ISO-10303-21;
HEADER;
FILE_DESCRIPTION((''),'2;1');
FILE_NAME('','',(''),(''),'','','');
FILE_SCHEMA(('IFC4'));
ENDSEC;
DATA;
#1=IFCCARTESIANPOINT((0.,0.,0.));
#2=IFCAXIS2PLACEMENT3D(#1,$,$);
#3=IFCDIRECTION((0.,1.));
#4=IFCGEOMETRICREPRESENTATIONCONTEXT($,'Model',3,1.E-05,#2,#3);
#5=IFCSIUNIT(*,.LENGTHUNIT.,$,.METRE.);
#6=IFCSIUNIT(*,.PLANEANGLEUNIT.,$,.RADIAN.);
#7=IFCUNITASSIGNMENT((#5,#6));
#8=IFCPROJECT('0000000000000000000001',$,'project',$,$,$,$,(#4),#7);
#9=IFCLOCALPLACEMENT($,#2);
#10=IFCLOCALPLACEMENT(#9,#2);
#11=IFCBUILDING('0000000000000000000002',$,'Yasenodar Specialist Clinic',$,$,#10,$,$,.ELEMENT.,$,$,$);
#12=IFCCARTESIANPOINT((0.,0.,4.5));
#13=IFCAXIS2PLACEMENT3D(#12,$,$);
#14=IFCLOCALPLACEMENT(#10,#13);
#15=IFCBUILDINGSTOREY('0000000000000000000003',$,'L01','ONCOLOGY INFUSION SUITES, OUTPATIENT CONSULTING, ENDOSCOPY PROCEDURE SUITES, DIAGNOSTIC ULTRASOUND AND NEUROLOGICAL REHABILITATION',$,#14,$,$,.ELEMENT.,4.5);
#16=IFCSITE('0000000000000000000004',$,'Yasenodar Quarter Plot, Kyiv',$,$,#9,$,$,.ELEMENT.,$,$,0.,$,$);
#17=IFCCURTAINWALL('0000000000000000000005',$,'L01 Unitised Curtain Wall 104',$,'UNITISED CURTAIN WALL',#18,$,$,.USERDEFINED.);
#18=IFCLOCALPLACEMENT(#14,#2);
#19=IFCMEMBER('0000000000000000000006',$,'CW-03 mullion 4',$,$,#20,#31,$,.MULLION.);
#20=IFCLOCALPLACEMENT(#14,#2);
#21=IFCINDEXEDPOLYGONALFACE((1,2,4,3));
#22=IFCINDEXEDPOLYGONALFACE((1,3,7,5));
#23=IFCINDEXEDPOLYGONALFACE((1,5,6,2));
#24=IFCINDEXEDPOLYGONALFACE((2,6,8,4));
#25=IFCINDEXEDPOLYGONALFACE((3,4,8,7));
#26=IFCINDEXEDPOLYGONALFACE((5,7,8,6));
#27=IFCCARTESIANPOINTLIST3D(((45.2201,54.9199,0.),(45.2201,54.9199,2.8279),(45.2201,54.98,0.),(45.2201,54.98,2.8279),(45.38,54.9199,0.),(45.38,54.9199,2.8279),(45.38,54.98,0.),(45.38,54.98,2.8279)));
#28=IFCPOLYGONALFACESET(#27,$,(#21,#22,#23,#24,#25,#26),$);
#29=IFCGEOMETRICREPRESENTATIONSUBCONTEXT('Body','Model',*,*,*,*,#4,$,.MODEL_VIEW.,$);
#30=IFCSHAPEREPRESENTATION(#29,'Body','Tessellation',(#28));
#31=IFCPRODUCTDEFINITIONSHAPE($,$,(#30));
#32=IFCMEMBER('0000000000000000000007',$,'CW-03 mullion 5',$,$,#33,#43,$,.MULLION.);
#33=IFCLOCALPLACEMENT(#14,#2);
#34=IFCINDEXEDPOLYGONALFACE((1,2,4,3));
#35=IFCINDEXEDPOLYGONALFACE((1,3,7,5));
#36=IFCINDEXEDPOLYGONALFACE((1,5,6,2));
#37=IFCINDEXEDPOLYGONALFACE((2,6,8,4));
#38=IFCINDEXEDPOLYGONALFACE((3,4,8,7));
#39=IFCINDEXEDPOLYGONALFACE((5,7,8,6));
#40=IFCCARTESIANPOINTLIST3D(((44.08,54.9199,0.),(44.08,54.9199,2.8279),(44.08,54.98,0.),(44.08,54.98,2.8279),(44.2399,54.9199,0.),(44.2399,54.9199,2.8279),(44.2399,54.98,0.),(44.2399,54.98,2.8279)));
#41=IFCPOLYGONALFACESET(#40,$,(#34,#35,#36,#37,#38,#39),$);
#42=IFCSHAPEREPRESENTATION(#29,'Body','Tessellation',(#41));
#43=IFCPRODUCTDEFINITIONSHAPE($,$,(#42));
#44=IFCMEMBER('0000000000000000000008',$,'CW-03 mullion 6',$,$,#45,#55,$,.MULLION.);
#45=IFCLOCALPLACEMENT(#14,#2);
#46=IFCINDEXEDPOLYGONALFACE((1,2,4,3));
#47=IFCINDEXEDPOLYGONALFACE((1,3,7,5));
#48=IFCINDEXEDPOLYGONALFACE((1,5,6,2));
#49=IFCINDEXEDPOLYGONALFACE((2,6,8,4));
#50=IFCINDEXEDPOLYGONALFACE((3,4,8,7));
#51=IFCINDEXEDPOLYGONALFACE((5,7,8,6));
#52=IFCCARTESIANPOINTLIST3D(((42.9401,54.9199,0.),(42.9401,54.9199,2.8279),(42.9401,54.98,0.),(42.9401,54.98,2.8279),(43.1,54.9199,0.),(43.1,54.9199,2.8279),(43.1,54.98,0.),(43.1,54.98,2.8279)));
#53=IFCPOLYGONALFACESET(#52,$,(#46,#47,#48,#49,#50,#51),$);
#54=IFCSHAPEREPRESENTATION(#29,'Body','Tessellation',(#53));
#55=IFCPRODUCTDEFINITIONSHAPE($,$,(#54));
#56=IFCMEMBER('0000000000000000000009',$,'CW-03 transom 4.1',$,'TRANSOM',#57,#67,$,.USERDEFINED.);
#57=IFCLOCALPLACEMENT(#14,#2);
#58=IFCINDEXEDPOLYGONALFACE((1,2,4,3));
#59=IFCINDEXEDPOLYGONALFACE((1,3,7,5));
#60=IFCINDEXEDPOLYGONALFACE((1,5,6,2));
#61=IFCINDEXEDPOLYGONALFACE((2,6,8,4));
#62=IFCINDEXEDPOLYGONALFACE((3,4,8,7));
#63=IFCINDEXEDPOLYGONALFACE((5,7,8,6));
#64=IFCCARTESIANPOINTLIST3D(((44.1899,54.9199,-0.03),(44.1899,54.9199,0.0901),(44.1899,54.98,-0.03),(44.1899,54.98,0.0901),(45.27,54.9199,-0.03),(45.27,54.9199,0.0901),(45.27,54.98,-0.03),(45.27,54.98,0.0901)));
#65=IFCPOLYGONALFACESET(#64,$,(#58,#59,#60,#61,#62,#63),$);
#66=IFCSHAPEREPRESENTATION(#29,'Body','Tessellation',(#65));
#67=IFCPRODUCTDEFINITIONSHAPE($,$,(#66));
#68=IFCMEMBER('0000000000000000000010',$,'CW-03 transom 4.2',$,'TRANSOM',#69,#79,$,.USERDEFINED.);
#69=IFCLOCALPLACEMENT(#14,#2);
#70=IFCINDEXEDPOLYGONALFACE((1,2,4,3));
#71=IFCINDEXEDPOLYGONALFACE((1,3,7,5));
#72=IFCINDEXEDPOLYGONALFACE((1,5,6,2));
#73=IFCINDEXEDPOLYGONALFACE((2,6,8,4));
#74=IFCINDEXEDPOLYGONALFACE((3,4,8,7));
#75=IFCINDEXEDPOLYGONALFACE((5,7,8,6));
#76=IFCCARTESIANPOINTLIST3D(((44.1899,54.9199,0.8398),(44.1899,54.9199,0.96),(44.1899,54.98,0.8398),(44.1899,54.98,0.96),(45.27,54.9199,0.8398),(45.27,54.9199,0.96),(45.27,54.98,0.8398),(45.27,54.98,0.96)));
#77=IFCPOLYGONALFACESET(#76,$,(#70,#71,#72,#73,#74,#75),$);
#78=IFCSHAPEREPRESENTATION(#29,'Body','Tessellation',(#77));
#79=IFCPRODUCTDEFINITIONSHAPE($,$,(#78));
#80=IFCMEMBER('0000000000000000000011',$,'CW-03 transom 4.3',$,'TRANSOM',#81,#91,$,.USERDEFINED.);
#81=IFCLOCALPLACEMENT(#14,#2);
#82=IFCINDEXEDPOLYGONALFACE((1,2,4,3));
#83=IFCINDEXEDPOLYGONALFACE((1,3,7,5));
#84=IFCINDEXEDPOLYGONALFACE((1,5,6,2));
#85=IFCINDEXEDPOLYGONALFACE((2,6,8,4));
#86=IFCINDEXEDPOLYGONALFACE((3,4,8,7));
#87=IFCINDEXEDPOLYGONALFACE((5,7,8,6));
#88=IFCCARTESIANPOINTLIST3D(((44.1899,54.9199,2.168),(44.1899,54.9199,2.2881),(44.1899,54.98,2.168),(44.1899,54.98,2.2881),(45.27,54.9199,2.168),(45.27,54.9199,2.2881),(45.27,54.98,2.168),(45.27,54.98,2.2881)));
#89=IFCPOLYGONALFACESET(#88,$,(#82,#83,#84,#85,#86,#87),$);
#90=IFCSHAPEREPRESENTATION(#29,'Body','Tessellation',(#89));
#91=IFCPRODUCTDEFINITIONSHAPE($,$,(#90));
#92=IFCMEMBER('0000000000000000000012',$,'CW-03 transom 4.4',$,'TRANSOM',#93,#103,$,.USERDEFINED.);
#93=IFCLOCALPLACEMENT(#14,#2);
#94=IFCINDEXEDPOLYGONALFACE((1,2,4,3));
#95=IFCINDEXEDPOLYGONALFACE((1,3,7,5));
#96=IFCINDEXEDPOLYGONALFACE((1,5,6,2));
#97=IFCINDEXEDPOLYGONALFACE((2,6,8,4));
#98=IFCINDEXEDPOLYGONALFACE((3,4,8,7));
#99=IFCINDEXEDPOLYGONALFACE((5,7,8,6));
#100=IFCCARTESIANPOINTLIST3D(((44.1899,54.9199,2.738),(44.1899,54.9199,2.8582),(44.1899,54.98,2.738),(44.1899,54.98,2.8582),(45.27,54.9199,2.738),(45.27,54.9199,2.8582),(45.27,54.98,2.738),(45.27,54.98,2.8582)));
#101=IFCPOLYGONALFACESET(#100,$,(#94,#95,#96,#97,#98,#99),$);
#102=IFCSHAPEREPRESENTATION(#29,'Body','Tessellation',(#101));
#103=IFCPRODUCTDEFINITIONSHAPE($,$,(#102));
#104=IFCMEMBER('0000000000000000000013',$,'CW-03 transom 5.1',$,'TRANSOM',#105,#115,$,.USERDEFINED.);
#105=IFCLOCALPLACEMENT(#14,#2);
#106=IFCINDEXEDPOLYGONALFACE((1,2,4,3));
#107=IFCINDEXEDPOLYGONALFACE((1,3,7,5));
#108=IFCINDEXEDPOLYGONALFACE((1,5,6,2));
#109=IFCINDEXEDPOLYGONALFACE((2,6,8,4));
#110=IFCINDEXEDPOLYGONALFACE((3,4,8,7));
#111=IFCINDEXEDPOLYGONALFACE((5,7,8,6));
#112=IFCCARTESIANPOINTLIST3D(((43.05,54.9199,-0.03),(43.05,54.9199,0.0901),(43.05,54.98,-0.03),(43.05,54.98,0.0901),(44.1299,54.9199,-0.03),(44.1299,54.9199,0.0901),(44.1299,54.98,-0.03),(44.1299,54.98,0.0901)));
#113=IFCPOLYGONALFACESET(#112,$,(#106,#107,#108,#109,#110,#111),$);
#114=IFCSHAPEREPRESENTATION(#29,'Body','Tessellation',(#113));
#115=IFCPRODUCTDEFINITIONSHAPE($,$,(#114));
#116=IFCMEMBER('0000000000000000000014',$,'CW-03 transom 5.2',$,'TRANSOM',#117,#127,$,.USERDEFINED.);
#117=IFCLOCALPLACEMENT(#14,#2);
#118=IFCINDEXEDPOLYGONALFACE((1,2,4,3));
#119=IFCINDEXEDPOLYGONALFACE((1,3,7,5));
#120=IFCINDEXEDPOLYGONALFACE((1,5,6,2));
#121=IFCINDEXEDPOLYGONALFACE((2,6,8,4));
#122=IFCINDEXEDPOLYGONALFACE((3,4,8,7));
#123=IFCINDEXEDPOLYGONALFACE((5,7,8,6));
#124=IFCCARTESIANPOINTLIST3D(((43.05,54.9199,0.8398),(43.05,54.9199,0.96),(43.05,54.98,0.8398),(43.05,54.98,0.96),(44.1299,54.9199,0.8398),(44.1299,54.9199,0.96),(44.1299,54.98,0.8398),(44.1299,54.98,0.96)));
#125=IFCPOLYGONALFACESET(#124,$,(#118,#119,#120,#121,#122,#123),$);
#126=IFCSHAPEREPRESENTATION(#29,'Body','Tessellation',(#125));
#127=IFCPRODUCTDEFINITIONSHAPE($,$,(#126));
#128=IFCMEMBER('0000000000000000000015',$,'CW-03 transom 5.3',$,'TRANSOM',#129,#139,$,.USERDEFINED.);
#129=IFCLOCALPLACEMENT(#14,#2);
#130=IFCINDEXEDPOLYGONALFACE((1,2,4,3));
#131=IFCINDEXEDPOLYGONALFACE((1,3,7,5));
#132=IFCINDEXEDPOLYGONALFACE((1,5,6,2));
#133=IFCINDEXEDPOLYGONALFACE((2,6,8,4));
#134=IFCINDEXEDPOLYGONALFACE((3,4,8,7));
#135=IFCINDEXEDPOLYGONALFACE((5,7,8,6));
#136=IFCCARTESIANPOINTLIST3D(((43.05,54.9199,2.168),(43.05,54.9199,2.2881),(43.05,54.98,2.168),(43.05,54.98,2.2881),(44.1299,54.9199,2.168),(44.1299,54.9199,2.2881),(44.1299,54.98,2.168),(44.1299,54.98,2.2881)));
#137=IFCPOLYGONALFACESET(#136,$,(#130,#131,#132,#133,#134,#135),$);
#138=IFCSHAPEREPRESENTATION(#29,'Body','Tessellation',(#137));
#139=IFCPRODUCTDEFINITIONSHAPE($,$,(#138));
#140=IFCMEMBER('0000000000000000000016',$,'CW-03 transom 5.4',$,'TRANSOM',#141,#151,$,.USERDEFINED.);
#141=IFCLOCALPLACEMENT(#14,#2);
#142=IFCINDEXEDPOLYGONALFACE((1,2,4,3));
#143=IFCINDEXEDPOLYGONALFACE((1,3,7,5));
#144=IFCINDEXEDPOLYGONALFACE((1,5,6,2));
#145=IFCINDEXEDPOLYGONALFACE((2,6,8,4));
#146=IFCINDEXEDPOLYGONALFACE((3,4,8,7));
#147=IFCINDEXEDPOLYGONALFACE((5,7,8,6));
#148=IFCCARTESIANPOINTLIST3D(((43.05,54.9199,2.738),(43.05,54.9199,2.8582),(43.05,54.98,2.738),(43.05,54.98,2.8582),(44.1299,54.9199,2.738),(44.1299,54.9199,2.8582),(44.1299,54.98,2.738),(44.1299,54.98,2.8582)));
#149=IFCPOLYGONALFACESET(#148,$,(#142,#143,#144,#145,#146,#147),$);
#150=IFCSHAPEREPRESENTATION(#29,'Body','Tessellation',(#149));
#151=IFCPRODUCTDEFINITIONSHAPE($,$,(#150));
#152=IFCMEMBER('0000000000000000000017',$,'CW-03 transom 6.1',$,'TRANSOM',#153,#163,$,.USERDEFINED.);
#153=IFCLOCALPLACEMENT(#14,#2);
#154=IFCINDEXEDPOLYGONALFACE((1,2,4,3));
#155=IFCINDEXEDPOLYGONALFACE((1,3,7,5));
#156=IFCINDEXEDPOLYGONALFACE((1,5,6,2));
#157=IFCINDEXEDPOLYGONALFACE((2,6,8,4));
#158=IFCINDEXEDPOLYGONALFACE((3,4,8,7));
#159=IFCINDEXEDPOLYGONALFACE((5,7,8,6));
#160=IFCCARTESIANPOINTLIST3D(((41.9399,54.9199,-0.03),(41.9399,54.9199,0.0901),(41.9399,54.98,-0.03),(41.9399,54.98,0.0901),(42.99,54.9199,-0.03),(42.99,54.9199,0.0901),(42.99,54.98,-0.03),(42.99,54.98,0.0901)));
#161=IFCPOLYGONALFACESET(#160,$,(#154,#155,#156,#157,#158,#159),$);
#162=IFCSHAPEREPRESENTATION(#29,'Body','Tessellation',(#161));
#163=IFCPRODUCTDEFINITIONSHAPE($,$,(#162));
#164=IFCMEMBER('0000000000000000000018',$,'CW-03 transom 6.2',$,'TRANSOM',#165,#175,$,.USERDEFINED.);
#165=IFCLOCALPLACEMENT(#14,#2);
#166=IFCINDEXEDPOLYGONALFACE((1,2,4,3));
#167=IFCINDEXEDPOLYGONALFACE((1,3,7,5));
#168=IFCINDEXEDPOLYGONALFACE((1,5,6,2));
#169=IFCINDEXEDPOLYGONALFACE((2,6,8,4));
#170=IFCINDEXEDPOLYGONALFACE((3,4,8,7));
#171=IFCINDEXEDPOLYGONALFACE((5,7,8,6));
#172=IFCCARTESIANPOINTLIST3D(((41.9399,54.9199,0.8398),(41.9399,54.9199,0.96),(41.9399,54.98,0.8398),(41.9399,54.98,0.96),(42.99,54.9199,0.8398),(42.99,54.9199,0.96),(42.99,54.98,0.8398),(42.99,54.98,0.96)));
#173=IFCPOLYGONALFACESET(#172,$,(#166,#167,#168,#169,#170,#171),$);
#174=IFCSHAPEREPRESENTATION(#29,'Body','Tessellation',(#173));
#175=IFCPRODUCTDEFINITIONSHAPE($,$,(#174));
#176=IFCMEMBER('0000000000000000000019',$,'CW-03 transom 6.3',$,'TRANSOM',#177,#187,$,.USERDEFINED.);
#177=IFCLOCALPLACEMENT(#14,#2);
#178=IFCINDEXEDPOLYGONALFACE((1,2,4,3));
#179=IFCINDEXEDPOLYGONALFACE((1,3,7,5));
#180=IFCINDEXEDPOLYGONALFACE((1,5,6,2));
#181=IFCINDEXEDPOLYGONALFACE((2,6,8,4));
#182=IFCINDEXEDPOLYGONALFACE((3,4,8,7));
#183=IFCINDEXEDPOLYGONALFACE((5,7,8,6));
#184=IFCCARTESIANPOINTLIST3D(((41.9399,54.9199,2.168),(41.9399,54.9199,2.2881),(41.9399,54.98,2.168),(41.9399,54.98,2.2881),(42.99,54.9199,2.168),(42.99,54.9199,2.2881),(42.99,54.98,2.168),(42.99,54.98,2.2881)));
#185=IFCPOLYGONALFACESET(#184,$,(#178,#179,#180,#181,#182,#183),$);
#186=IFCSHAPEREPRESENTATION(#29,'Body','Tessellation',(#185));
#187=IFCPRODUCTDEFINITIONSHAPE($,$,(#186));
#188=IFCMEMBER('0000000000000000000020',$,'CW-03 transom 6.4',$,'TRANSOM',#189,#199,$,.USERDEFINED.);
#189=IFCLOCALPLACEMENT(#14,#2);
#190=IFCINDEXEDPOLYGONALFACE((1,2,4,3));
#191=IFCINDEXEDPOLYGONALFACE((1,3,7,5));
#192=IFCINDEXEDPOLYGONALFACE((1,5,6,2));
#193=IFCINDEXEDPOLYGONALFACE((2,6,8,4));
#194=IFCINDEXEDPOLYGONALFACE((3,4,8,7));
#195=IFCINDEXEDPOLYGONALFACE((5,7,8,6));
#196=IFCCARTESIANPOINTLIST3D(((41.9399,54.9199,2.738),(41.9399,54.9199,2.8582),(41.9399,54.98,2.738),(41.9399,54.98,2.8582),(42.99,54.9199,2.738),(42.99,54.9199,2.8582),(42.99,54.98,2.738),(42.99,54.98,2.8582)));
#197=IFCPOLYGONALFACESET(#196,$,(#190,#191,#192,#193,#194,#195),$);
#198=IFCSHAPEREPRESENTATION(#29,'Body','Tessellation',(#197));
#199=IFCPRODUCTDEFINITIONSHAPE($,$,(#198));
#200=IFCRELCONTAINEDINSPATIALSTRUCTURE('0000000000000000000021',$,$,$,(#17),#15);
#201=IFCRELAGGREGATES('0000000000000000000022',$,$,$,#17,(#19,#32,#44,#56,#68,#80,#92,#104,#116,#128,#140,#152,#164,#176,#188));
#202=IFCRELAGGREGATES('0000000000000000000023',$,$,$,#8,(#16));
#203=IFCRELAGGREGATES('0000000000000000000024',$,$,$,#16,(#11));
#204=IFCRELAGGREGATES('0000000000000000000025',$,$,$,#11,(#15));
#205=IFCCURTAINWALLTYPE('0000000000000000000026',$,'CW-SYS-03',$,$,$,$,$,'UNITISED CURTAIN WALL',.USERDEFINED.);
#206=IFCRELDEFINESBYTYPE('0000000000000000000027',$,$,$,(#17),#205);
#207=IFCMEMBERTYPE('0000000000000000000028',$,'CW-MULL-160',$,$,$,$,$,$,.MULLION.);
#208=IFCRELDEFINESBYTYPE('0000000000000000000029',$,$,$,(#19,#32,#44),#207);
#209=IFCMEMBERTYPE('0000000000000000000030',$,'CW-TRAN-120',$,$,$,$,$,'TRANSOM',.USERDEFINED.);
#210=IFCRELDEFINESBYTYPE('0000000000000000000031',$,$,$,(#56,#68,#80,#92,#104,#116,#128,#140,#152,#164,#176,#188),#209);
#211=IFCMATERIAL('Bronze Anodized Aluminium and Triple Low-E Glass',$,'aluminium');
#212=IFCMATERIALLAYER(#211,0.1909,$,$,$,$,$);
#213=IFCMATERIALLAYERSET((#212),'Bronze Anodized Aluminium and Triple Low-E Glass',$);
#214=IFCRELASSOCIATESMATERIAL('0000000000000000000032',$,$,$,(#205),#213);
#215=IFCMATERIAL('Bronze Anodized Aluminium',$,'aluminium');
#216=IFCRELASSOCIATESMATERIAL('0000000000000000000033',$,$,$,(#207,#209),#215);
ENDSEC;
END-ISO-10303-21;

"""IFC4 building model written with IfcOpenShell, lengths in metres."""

from ifc_helpers import new_model, si_unit, direction, frame, origin, origin_2d, place, context, subcontext, project, spatial, rectangle, extrude, material, layer, layer_set, material_profile, profile_set, type_object, element, aggregate, save


model = new_model("IFC4")

# Units and contexts
model_context = context("Model", 3, precision=1e-05, world=origin(), true_north=direction((0.0, 1.0)))
body_context = subcontext(model_context, "Body", "Model", "MODEL_VIEW")
ifc_project = project(units=[si_unit("LENGTHUNIT", "METRE"), si_unit("PLANEANGLEUNIT", "RADIAN")], contexts=[model_context])

# Site, building, storey
site_placement = place(None, origin())
site = spatial("IfcSite", under=ifc_project, at=site_placement, Name="Yasenodar Quarter Plot, Kyiv", CompositionType="ELEMENT", RefElevation=0.0)
building_placement = place(site_placement, origin())
building = spatial("IfcBuilding", under=site, at=building_placement, Name="Yasenodar Specialist Clinic", CompositionType="ELEMENT")
storey_placement = place(building_placement, frame((0.0, 0.0, 4.5)))
storey = spatial("IfcBuildingStorey", under=building, at=storey_placement, Name="L01", Description="ONCOLOGY INFUSION SUITES, OUTPATIENT CONSULTING, ENDOSCOPY PROCEDURE SUITES, DIAGNOSTIC ULTRASOUND AND NEUROLOGICAL REHABILITATION", CompositionType="ELEMENT", Elevation=4.5)

# Curtain wall, members
ifc_material_1 = material(Name="Bronze Anodized Aluminium and Triple Low-E Glass", Category="aluminium")
ifc_layer_1 = layer(ifc_material_1, 0.1909)
ifc_layer_set_1 = layer_set([ifc_layer_1], Name="Bronze Anodized Aluminium and Triple Low-E Glass")
curtain_wall_type = type_object("IfcCurtainWallType", Name="CW-SYS-03", ElementType="UNITISED CURTAIN WALL", PredefinedType="USERDEFINED", material=ifc_layer_set_1)
curtain_wall_placement = place(storey_placement, origin())
curtain_wall = element("IfcCurtainWall", 1, at=curtain_wall_placement, inside=storey, type_object=curtain_wall_type, Name="L01 Unitised Curtain Wall 104", ObjectType="UNITISED CURTAIN WALL", PredefinedType="USERDEFINED")
ifc_material_2 = material(Name="Bronze Anodized Aluminium", Category="aluminium")
ifc_material_profile_1 = material_profile(ifc_material_2, rectangle(XDim=0.0601, YDim=0.1599, at=origin_2d()), Name="CW-MULL 60x160")
ifc_profile_set_1 = profile_set([ifc_material_profile_1], Name="Bronze Anodized Aluminium")
member_type_1 = type_object("IfcMemberType", Name="CW-MULL-160", PredefinedType="MULLION", material=ifc_profile_set_1)
member_1_placement = place(storey_placement, frame((45.3, 54.95, 0.0), z_axis=(0.0, 0.0, 1.0), x_axis=(0.0, -1.0, 0.0)))
member_1 = element("IfcMember", 2, at=member_1_placement, type_object=member_type_1, Name="CW-03 mullion 4", PredefinedType="MULLION", context=body_context, shape_type="SweptSolid", body=[
    extrude(rectangle(XDim=0.0601, YDim=0.1599, at=origin_2d()), origin(), (0.0, 0.0, 1.0), 2.8279),
])
member_2_placement = place(storey_placement, frame((44.1599, 54.95, 0.0), z_axis=(0.0, 0.0, 1.0), x_axis=(0.0, -1.0, 0.0)))
member_2 = element("IfcMember", 3, at=member_2_placement, type_object=member_type_1, Name="CW-03 mullion 5", PredefinedType="MULLION", context=body_context, shape_type="SweptSolid", body=[
    extrude(rectangle(XDim=0.0601, YDim=0.1599, at=origin_2d()), origin(), (0.0, 0.0, 1.0), 2.8279),
])
member_3_placement = place(storey_placement, frame((43.02, 54.95, 0.0), z_axis=(0.0, 0.0, 1.0), x_axis=(0.0, -1.0, 0.0)))
member_3 = element("IfcMember", 4, at=member_3_placement, type_object=member_type_1, Name="CW-03 mullion 6", PredefinedType="MULLION", context=body_context, shape_type="SweptSolid", body=[
    extrude(rectangle(XDim=0.0601, YDim=0.1599, at=origin_2d()), origin(), (0.0, 0.0, 1.0), 2.8279),
])
ifc_material_profile_2 = material_profile(ifc_material_2, rectangle(XDim=0.0601, YDim=0.1201, at=origin_2d()), Name="CW-TRAN 60x120")
ifc_profile_set_2 = profile_set([ifc_material_profile_2], Name="Bronze Anodized Aluminium")
member_type_2 = type_object("IfcMemberType", Name="CW-TRAN-120", ElementType="TRANSOM", PredefinedType="USERDEFINED", material=ifc_profile_set_2)
member_4_placement = place(storey_placement, frame((45.27, 54.95, 0.03), z_axis=(-1.0, 0.0, 0.0), x_axis=(0.0, -1.0, 0.0)))
member_4 = element("IfcMember", 5, at=member_4_placement, type_object=member_type_2, Name="CW-03 transom 4.1", ObjectType="TRANSOM", PredefinedType="USERDEFINED", context=body_context, shape_type="SweptSolid", body=[
    extrude(rectangle(XDim=0.0601, YDim=0.1201, at=origin_2d()), origin(), (0.0, 0.0, 1.0), 1.0801),
])
member_5_placement = place(storey_placement, frame((45.27, 54.95, 0.8999), z_axis=(-1.0, 0.0, 0.0), x_axis=(0.0, -1.0, 0.0)))
member_5 = element("IfcMember", 6, at=member_5_placement, type_object=member_type_2, Name="CW-03 transom 4.2", ObjectType="TRANSOM", PredefinedType="USERDEFINED", context=body_context, shape_type="SweptSolid", body=[
    extrude(rectangle(XDim=0.0601, YDim=0.1201, at=origin_2d()), origin(), (0.0, 0.0, 1.0), 1.0801),
])
member_6_placement = place(storey_placement, frame((45.27, 54.95, 2.228), z_axis=(-1.0, 0.0, 0.0), x_axis=(0.0, -1.0, 0.0)))
member_6 = element("IfcMember", 7, at=member_6_placement, type_object=member_type_2, Name="CW-03 transom 4.3", ObjectType="TRANSOM", PredefinedType="USERDEFINED", context=body_context, shape_type="SweptSolid", body=[
    extrude(rectangle(XDim=0.0601, YDim=0.1201, at=origin_2d()), origin(), (0.0, 0.0, 1.0), 1.0801),
])
member_7_placement = place(storey_placement, frame((45.27, 54.95, 2.7981), z_axis=(-1.0, 0.0, 0.0), x_axis=(0.0, -1.0, 0.0)))
member_7 = element("IfcMember", 8, at=member_7_placement, type_object=member_type_2, Name="CW-03 transom 4.4", ObjectType="TRANSOM", PredefinedType="USERDEFINED", context=body_context, shape_type="SweptSolid", body=[
    extrude(rectangle(XDim=0.0601, YDim=0.1201, at=origin_2d()), origin(), (0.0, 0.0, 1.0), 1.0801),
])
member_8_placement = place(storey_placement, frame((44.1299, 54.95, 0.03), z_axis=(-1.0, 0.0, 0.0), x_axis=(0.0, -1.0, 0.0)))
member_8 = element("IfcMember", 9, at=member_8_placement, type_object=member_type_2, Name="CW-03 transom 5.1", ObjectType="TRANSOM", PredefinedType="USERDEFINED", context=body_context, shape_type="SweptSolid", body=[
    extrude(rectangle(XDim=0.0601, YDim=0.1201, at=origin_2d()), origin(), (0.0, 0.0, 1.0), 1.0798),
])
member_9_placement = place(storey_placement, frame((44.1299, 54.95, 0.8999), z_axis=(-1.0, 0.0, 0.0), x_axis=(0.0, -1.0, 0.0)))
member_9 = element("IfcMember", 10, at=member_9_placement, type_object=member_type_2, Name="CW-03 transom 5.2", ObjectType="TRANSOM", PredefinedType="USERDEFINED", context=body_context, shape_type="SweptSolid", body=[
    extrude(rectangle(XDim=0.0601, YDim=0.1201, at=origin_2d()), origin(), (0.0, 0.0, 1.0), 1.0798),
])
member_10_placement = place(storey_placement, frame((44.1299, 54.95, 2.228), z_axis=(-1.0, 0.0, 0.0), x_axis=(0.0, -1.0, 0.0)))
member_10 = element("IfcMember", 11, at=member_10_placement, type_object=member_type_2, Name="CW-03 transom 5.3", ObjectType="TRANSOM", PredefinedType="USERDEFINED", context=body_context, shape_type="SweptSolid", body=[
    extrude(rectangle(XDim=0.0601, YDim=0.1201, at=origin_2d()), origin(), (0.0, 0.0, 1.0), 1.0798),
])
member_11_placement = place(storey_placement, frame((44.1299, 54.95, 2.7981), z_axis=(-1.0, 0.0, 0.0), x_axis=(0.0, -1.0, 0.0)))
member_11 = element("IfcMember", 12, at=member_11_placement, type_object=member_type_2, Name="CW-03 transom 5.4", ObjectType="TRANSOM", PredefinedType="USERDEFINED", context=body_context, shape_type="SweptSolid", body=[
    extrude(rectangle(XDim=0.0601, YDim=0.1201, at=origin_2d()), origin(), (0.0, 0.0, 1.0), 1.0798),
])
member_12_placement = place(storey_placement, frame((42.99, 54.95, 0.03), z_axis=(-1.0, 0.0, 0.0), x_axis=(0.0, -1.0, 0.0)))
member_12 = element("IfcMember", 13, at=member_12_placement, type_object=member_type_2, Name="CW-03 transom 6.1", ObjectType="TRANSOM", PredefinedType="USERDEFINED", context=body_context, shape_type="SweptSolid", body=[
    extrude(rectangle(XDim=0.0601, YDim=0.1201, at=origin_2d()), origin(), (0.0, 0.0, 1.0), 1.05),
])
member_13_placement = place(storey_placement, frame((42.99, 54.95, 0.8999), z_axis=(-1.0, 0.0, 0.0), x_axis=(0.0, -1.0, 0.0)))
member_13 = element("IfcMember", 14, at=member_13_placement, type_object=member_type_2, Name="CW-03 transom 6.2", ObjectType="TRANSOM", PredefinedType="USERDEFINED", context=body_context, shape_type="SweptSolid", body=[
    extrude(rectangle(XDim=0.0601, YDim=0.1201, at=origin_2d()), origin(), (0.0, 0.0, 1.0), 1.05),
])
member_14_placement = place(storey_placement, frame((42.99, 54.95, 2.228), z_axis=(-1.0, 0.0, 0.0), x_axis=(0.0, -1.0, 0.0)))
member_14 = element("IfcMember", 15, at=member_14_placement, type_object=member_type_2, Name="CW-03 transom 6.3", ObjectType="TRANSOM", PredefinedType="USERDEFINED", context=body_context, shape_type="SweptSolid", body=[
    extrude(rectangle(XDim=0.0601, YDim=0.1201, at=origin_2d()), origin(), (0.0, 0.0, 1.0), 1.05),
])
member_15_placement = place(storey_placement, frame((42.99, 54.95, 2.7981), z_axis=(-1.0, 0.0, 0.0), x_axis=(0.0, -1.0, 0.0)))
member_15 = element("IfcMember", 16, at=member_15_placement, type_object=member_type_2, Name="CW-03 transom 6.4", ObjectType="TRANSOM", PredefinedType="USERDEFINED", context=body_context, shape_type="SweptSolid", body=[
    extrude(rectangle(XDim=0.0601, YDim=0.1201, at=origin_2d()), origin(), (0.0, 0.0, 1.0), 1.05),
])
aggregate(curtain_wall, [member_1, member_2, member_3, member_4, member_5, member_6, member_7, member_8, member_9, member_10, member_11, member_12, member_13, member_14, member_15])

save(model, "model.ifc")
